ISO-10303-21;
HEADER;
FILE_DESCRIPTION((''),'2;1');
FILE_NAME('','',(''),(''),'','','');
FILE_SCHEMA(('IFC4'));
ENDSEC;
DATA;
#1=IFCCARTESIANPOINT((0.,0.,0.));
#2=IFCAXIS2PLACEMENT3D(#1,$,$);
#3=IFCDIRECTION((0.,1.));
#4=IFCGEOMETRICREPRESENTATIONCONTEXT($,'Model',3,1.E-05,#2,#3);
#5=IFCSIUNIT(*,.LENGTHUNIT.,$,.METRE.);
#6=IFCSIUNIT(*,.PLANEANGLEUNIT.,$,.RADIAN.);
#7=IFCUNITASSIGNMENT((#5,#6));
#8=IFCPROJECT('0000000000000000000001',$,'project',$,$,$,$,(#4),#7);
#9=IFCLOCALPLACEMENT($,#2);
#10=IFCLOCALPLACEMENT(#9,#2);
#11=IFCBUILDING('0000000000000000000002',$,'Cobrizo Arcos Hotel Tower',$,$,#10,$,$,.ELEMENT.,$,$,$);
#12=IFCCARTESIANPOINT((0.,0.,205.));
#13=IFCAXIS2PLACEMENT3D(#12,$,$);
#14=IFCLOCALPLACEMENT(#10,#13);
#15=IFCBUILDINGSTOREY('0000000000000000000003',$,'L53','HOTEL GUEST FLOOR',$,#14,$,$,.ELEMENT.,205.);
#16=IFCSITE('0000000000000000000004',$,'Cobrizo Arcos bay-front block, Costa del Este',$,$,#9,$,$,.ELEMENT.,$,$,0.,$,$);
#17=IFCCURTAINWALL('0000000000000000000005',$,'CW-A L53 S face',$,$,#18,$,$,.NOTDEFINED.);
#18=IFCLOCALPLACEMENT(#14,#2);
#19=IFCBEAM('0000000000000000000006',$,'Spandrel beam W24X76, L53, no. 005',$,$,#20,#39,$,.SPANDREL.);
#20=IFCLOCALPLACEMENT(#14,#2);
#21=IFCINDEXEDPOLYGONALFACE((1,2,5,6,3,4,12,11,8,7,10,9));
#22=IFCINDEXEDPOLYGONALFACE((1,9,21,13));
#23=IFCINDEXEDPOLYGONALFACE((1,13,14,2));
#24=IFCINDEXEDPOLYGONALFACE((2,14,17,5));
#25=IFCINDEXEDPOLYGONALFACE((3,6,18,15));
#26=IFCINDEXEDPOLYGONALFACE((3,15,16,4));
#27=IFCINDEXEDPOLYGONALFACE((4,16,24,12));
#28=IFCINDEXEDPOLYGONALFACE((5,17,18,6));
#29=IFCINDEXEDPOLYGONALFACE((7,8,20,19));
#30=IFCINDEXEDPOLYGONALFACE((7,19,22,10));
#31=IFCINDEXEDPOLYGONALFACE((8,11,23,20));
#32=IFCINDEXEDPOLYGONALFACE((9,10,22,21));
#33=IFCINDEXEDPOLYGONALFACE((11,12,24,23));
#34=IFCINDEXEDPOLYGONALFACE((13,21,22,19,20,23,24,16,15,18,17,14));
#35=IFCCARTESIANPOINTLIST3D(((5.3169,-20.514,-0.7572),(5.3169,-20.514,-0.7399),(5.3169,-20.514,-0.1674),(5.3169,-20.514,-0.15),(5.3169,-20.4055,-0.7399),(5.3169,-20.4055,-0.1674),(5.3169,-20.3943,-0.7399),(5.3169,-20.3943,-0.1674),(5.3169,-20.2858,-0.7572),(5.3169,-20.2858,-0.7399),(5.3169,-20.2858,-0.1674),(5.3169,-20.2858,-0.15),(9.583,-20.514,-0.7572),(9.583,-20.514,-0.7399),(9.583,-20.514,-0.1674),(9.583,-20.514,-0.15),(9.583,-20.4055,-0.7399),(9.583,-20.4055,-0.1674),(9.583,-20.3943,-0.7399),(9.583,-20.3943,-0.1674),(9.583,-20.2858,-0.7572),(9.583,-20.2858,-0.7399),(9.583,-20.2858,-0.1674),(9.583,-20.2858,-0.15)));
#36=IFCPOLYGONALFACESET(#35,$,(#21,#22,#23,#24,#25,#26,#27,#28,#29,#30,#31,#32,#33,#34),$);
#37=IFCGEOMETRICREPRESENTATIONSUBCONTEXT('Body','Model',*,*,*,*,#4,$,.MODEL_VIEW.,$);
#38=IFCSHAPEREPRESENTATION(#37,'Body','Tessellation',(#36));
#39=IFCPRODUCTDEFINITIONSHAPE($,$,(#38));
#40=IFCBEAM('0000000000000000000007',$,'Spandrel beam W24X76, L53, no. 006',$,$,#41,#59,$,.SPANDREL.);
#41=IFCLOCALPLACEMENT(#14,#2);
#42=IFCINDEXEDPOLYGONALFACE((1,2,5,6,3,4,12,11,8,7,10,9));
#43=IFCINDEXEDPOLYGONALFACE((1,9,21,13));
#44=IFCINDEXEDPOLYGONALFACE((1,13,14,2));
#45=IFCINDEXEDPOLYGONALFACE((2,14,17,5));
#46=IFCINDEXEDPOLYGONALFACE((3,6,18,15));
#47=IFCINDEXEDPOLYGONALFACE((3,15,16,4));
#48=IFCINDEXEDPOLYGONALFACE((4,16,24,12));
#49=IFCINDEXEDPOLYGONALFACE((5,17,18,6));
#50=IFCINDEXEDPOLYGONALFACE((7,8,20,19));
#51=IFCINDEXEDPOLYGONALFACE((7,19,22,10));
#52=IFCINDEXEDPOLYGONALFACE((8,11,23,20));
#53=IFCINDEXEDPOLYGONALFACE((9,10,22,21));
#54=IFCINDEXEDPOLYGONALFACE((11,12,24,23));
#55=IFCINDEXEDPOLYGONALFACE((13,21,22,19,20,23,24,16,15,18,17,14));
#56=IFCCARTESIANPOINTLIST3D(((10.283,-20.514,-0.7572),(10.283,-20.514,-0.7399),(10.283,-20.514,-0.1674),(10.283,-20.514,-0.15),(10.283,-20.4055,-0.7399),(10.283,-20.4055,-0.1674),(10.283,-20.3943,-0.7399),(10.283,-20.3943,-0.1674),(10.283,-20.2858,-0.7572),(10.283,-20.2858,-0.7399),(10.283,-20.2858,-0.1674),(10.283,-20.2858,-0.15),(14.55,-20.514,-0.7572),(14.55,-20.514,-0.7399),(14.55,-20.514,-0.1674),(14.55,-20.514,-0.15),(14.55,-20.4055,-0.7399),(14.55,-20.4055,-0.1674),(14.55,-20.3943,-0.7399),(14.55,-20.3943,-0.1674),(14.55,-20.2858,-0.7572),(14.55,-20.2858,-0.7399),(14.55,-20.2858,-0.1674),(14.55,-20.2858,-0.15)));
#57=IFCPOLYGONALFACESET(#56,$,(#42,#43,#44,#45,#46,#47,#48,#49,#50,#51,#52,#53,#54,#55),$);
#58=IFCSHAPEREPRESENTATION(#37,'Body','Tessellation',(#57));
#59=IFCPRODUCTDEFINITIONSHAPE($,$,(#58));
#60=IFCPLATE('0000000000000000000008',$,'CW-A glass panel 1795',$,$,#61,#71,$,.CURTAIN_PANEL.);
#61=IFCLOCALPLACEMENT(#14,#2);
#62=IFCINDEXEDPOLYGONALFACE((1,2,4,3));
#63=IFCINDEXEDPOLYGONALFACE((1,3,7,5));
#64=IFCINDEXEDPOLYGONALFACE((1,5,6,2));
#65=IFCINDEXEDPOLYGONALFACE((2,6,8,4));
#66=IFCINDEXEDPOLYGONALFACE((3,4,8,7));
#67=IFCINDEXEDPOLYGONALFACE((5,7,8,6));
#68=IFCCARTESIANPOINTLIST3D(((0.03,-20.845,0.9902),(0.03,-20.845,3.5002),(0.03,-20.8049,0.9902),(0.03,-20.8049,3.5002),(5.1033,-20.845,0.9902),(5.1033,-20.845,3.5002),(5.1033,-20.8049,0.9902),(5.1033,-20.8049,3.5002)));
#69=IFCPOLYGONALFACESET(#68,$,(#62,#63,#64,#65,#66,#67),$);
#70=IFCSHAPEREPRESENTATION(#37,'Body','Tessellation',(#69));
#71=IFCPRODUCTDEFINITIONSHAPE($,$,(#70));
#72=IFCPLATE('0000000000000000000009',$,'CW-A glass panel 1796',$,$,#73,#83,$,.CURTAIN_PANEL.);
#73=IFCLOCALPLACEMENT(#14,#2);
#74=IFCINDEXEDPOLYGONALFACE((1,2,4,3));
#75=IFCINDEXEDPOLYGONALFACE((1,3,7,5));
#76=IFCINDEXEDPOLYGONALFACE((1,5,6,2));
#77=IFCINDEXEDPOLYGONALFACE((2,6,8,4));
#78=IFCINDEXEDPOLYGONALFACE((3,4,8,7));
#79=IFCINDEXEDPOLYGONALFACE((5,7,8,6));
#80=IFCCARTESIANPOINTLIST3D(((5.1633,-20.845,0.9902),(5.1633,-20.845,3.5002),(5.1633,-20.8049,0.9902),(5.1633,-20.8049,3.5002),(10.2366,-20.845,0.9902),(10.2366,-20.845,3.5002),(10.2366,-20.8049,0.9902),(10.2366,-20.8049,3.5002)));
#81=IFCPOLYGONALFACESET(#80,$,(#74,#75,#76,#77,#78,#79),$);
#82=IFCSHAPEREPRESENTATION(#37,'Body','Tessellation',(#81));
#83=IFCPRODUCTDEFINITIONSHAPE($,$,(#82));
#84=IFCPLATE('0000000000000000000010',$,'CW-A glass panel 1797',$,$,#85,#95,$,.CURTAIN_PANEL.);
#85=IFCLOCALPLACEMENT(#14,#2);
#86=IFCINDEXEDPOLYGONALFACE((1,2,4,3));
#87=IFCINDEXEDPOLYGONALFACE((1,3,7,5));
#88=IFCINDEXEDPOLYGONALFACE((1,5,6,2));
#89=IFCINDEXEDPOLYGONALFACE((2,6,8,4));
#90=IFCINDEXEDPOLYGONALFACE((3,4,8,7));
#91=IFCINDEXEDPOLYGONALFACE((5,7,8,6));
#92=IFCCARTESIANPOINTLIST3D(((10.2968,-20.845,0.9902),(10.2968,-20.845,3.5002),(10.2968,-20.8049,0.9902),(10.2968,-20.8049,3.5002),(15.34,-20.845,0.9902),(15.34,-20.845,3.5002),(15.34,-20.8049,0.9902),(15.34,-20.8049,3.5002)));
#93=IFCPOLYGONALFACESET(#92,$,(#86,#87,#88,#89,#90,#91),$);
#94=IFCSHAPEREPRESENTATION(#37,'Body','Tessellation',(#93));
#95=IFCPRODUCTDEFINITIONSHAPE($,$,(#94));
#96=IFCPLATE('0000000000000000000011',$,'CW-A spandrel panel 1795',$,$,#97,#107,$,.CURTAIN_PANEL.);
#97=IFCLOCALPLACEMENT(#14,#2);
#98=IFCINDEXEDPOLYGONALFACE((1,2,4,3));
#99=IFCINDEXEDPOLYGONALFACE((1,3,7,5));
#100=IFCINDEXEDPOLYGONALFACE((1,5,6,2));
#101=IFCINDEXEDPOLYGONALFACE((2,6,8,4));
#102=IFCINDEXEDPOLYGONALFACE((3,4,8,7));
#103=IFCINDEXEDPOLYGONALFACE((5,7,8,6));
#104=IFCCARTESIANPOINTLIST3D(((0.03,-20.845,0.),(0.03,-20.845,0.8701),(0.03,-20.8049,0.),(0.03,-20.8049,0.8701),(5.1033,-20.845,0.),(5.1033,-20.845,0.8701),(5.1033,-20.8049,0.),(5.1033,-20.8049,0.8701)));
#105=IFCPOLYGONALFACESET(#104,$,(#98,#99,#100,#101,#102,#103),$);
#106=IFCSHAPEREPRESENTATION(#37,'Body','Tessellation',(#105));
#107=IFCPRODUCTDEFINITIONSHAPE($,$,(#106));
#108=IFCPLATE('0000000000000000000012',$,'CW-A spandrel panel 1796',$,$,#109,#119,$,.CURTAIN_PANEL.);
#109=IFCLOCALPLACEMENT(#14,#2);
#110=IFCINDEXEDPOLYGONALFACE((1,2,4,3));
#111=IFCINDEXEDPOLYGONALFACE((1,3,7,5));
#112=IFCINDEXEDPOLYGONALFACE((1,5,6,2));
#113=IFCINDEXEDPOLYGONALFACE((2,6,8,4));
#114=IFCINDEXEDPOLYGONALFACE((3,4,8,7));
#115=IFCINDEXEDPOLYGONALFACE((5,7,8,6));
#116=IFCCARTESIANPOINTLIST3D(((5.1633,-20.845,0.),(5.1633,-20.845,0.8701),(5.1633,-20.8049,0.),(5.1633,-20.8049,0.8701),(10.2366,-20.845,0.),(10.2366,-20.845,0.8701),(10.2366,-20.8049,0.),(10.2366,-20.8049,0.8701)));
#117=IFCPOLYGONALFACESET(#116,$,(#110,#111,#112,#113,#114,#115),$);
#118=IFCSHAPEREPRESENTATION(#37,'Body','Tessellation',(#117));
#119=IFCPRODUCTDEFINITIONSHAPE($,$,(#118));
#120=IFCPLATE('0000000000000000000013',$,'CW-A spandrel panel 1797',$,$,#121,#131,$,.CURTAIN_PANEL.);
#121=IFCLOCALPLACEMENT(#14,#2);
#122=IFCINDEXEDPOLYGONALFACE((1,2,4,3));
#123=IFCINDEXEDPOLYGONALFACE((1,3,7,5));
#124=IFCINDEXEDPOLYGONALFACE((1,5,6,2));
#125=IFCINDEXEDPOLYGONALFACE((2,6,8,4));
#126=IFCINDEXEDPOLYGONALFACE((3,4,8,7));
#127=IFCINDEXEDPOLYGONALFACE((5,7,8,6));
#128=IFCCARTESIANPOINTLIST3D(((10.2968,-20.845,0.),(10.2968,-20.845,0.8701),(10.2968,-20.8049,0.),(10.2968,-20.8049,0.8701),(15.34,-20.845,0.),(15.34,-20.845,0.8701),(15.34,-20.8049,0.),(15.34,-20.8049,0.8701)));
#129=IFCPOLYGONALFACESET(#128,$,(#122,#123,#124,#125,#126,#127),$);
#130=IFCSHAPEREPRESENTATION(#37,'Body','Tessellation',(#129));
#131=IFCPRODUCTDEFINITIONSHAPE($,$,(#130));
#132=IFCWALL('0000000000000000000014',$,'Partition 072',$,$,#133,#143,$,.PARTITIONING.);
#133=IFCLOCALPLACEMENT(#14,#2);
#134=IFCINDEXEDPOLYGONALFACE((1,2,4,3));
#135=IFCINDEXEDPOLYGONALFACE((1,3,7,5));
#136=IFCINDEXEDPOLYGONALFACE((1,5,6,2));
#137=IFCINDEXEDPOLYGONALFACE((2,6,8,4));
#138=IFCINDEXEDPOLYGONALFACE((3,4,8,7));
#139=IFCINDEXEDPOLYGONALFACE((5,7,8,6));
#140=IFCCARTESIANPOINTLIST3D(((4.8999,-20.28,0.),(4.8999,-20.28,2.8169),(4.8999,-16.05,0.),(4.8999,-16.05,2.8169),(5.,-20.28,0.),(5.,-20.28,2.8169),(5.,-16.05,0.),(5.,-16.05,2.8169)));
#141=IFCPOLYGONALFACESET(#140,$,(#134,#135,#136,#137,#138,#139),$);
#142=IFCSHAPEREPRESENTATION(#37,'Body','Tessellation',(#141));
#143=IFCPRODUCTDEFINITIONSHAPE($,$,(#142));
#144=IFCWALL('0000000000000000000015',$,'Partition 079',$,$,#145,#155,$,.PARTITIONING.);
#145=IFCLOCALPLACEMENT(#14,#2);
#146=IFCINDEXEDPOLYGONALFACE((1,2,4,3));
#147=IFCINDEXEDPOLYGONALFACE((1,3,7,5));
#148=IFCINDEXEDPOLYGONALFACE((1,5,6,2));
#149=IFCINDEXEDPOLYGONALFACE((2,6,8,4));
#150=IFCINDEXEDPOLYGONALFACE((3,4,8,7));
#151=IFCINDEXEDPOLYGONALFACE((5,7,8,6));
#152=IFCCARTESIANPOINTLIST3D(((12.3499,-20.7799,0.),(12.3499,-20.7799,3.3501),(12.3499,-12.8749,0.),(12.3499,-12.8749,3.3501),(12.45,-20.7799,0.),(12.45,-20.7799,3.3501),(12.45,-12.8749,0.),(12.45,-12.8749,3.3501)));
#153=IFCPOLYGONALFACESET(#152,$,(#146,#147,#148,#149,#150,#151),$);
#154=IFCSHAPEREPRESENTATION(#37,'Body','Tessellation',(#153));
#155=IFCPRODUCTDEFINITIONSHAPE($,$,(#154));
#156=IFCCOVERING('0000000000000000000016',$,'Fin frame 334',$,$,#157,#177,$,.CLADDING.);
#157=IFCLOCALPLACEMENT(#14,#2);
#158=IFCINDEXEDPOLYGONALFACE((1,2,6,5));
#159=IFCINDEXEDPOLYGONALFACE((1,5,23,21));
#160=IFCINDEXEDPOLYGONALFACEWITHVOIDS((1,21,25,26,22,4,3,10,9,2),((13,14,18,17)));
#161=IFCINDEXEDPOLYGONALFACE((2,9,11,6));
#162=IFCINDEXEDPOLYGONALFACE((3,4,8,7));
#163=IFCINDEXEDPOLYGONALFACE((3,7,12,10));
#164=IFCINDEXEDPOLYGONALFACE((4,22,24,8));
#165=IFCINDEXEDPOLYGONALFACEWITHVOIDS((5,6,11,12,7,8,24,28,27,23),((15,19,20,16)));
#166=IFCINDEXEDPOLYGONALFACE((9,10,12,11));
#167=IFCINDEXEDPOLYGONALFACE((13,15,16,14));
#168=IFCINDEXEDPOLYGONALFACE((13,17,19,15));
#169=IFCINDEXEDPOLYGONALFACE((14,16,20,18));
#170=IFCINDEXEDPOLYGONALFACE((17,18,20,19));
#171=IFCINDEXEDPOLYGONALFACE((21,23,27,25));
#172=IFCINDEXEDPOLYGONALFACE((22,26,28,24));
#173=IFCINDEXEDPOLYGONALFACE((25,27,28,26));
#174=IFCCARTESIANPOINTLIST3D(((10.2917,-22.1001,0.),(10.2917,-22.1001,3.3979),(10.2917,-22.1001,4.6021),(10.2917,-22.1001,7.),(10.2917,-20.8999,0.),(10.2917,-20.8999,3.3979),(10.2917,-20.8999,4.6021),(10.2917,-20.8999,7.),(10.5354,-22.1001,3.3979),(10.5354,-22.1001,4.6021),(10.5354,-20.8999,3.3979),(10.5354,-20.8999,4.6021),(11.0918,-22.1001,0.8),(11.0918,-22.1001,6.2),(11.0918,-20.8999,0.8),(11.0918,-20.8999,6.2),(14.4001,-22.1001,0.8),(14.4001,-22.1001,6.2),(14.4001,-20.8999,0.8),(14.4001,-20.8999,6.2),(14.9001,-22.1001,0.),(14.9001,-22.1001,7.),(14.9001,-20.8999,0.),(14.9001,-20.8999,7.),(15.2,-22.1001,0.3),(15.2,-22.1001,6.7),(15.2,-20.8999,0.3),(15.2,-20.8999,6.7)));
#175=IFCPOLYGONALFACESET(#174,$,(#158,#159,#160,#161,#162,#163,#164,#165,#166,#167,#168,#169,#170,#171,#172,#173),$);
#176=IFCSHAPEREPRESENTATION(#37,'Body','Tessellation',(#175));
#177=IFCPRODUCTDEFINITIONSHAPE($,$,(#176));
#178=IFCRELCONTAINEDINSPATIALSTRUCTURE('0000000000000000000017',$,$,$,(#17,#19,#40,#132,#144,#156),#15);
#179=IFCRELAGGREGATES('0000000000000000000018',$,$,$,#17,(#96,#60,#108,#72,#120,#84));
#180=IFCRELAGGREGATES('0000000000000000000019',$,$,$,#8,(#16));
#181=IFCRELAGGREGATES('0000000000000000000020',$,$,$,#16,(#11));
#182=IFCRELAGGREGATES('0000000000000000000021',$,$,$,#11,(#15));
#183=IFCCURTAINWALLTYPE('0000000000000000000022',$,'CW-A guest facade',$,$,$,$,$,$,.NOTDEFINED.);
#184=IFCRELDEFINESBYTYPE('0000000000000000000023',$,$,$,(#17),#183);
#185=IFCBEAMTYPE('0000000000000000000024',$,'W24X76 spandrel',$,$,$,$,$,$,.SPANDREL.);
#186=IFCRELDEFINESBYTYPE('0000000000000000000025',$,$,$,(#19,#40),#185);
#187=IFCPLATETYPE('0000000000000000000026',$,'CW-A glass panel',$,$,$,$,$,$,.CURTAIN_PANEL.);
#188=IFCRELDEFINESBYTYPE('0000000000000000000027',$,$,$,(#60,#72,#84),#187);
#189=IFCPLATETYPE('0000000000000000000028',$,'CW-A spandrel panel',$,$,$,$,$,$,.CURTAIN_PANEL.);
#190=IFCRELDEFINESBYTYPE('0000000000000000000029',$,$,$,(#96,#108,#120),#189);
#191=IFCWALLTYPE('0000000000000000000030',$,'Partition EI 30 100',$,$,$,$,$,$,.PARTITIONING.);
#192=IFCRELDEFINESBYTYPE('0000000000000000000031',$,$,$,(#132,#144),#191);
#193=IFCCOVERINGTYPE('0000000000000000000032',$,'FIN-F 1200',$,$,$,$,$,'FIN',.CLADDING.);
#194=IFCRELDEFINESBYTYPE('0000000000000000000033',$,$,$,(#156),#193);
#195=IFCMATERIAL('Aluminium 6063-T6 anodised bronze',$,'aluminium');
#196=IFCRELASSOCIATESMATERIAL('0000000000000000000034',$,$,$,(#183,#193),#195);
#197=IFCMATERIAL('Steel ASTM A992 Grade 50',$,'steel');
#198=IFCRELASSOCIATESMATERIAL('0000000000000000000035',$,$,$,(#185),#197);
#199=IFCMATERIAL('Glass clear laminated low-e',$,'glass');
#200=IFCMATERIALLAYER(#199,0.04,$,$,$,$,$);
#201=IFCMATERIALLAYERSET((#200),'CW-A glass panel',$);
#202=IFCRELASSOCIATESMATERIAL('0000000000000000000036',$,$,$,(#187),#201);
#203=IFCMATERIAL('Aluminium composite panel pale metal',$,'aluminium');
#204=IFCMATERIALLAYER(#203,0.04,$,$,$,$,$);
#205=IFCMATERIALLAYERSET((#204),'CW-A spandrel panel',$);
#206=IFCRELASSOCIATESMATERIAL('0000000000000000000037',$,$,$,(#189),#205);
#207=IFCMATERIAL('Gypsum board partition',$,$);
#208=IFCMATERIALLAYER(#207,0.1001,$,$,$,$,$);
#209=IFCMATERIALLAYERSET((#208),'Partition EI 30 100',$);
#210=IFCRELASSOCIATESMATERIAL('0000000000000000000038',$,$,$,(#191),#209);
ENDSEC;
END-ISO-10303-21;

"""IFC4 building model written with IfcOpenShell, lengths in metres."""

from ifc_helpers import new_model, si_unit, direction, frame, frame_2d, origin, origin_2d, place, context, subcontext, project, spatial, polyline, rectangle, i_section, outline, extrude, material, layer, layer_set, material_profile, profile_set, type_object, element, aggregate, save


model = new_model("IFC4")

# Units and contexts
model_context = context("Model", 3, precision=1e-05, world=origin(), true_north=direction((0.0, 1.0)))
body_context = subcontext(model_context, "Body", "Model", "MODEL_VIEW")
ifc_project = project(units=[si_unit("LENGTHUNIT", "METRE"), si_unit("PLANEANGLEUNIT", "RADIAN")], contexts=[model_context])

# Site, building, storey
site_placement = place(None, origin())
site = spatial("IfcSite", under=ifc_project, at=site_placement, Name="Cobrizo Arcos bay-front block, Costa del Este", CompositionType="ELEMENT", RefElevation=0.0)
building_placement = place(site_placement, origin())
building = spatial("IfcBuilding", under=site, at=building_placement, Name="Cobrizo Arcos Hotel Tower", CompositionType="ELEMENT")
storey_placement = place(building_placement, frame((0.0, 0.0, 205.0)))
storey = spatial("IfcBuildingStorey", under=building, at=storey_placement, Name="L53", Description="HOTEL GUEST FLOOR", CompositionType="ELEMENT", Elevation=205.0)

# Curtain wall
ifc_material_1 = material(Name="Aluminium 6063-T6 anodised bronze", Category="aluminium")
curtain_wall_type = type_object("IfcCurtainWallType", Name="CW-A guest facade", PredefinedType="NOTDEFINED", material=ifc_material_1)
curtain_wall_placement = place(storey_placement, origin())
curtain_wall = element("IfcCurtainWall", 1, at=curtain_wall_placement, inside=storey, type_object=curtain_wall_type, Name="CW-A L53 S face", PredefinedType="NOTDEFINED")

# Beams
ifc_material_2 = material(Name="Steel ASTM A992 Grade 50", Category="steel")
ifc_material_profile_1 = material_profile(ifc_material_2, i_section(OverallWidth=0.2283, OverallDepth=0.6072, WebThickness=0.0112, FlangeThickness=0.0173, at=origin_2d()), Name="W24X76")
ifc_profile_set_1 = profile_set([ifc_material_profile_1], Name="Steel ASTM A992 Grade 50")
beam_type_1 = type_object("IfcBeamType", Name="W24X76 spandrel", PredefinedType="SPANDREL", material=ifc_profile_set_1)
beam_1_placement = place(storey_placement, frame((5.3169, -20.3999, -0.4536), z_axis=(1.0, 0.0, 0.0), x_axis=(0.0, 1.0, 0.0)))
element("IfcBeam", 2, at=beam_1_placement, inside=storey, type_object=beam_type_1, Name="Spandrel beam W24X76, L53, no. 005", PredefinedType="SPANDREL", context=body_context, shape_type="SweptSolid", body=[
    extrude(i_section(OverallWidth=0.2283, OverallDepth=0.6072, WebThickness=0.0112, FlangeThickness=0.0173, at=origin_2d()), origin(), (0.0, 0.0, 1.0), 4.2661),
])
beam_2_placement = place(storey_placement, frame((10.283, -20.3999, -0.4536), z_axis=(1.0, 0.0, 0.0), x_axis=(0.0, 1.0, 0.0)))
element("IfcBeam", 3, at=beam_2_placement, inside=storey, type_object=beam_type_1, Name="Spandrel beam W24X76, L53, no. 006", PredefinedType="SPANDREL", context=body_context, shape_type="SweptSolid", body=[
    extrude(i_section(OverallWidth=0.2283, OverallDepth=0.6072, WebThickness=0.0112, FlangeThickness=0.0173, at=origin_2d()), origin(), (0.0, 0.0, 1.0), 4.2671),
])

# Plates
ifc_material_3 = material(Name="Glass clear laminated low-e", Category="glass")
ifc_layer_1 = layer(ifc_material_3, 0.04)
ifc_layer_set_1 = layer_set([ifc_layer_1], Name="CW-A glass panel")
plate_type_1 = type_object("IfcPlateType", Name="CW-A glass panel", PredefinedType="CURTAIN_PANEL", material=ifc_layer_set_1)
plate_1_placement = place(storey_placement, frame((2.5667, -20.825, 0.9902), z_axis=(0.0, 0.0, 1.0), x_axis=(1.0, 0.0, 0.0)))
plate_1 = element("IfcPlate", 4, at=plate_1_placement, type_object=plate_type_1, Name="CW-A glass panel 1795", PredefinedType="CURTAIN_PANEL", context=body_context, shape_type="SweptSolid", body=[
    extrude(rectangle(XDim=5.0732, YDim=0.04, at=origin_2d()), origin(), (0.0, 0.0, 1.0), 2.51),
])
plate_2_placement = place(storey_placement, frame((7.7, -20.825, 0.9902), z_axis=(0.0, 0.0, 1.0), x_axis=(1.0, 0.0, 0.0)))
plate_2 = element("IfcPlate", 5, at=plate_2_placement, type_object=plate_type_1, Name="CW-A glass panel 1796", PredefinedType="CURTAIN_PANEL", context=body_context, shape_type="SweptSolid", body=[
    extrude(rectangle(XDim=5.0732, YDim=0.04, at=origin_2d()), origin(), (0.0, 0.0, 1.0), 2.51),
])
plate_3_placement = place(storey_placement, frame((12.8184, -20.825, 0.9902), z_axis=(0.0, 0.0, 1.0), x_axis=(1.0, 0.0, 0.0)))
plate_3 = element("IfcPlate", 6, at=plate_3_placement, type_object=plate_type_1, Name="CW-A glass panel 1797", PredefinedType="CURTAIN_PANEL", context=body_context, shape_type="SweptSolid", body=[
    extrude(rectangle(XDim=5.0432, YDim=0.04, at=origin_2d()), origin(), (0.0, 0.0, 1.0), 2.51),
])
ifc_material_4 = material(Name="Aluminium composite panel pale metal", Category="aluminium")
ifc_layer_2 = layer(ifc_material_4, 0.04)
ifc_layer_set_2 = layer_set([ifc_layer_2], Name="CW-A spandrel panel")
plate_type_2 = type_object("IfcPlateType", Name="CW-A spandrel panel", PredefinedType="CURTAIN_PANEL", material=ifc_layer_set_2)
plate_4_placement = place(storey_placement, frame((2.5667, -20.825, 0.0), z_axis=(0.0, 0.0, 1.0), x_axis=(1.0, 0.0, 0.0)))
plate_4 = element("IfcPlate", 7, at=plate_4_placement, type_object=plate_type_2, Name="CW-A spandrel panel 1795", PredefinedType="CURTAIN_PANEL", context=body_context, shape_type="SweptSolid", body=[
    extrude(rectangle(XDim=5.0732, YDim=0.04, at=origin_2d()), origin(), (0.0, 0.0, 1.0), 0.8701),
])
plate_5_placement = place(storey_placement, frame((7.7, -20.825, 0.0), z_axis=(0.0, 0.0, 1.0), x_axis=(1.0, 0.0, 0.0)))
plate_5 = element("IfcPlate", 8, at=plate_5_placement, type_object=plate_type_2, Name="CW-A spandrel panel 1796", PredefinedType="CURTAIN_PANEL", context=body_context, shape_type="SweptSolid", body=[
    extrude(rectangle(XDim=5.0732, YDim=0.04, at=origin_2d()), origin(), (0.0, 0.0, 1.0), 0.8701),
])
plate_6_placement = place(storey_placement, frame((12.8184, -20.825, 0.0), z_axis=(0.0, 0.0, 1.0), x_axis=(1.0, 0.0, 0.0)))
plate_6 = element("IfcPlate", 9, at=plate_6_placement, type_object=plate_type_2, Name="CW-A spandrel panel 1797", PredefinedType="CURTAIN_PANEL", context=body_context, shape_type="SweptSolid", body=[
    extrude(rectangle(XDim=5.0432, YDim=0.04, at=origin_2d()), origin(), (0.0, 0.0, 1.0), 0.8701),
])
aggregate(curtain_wall, [plate_4, plate_1, plate_5, plate_2, plate_6, plate_3])

# Walls
ifc_material_5 = material(Name="Gypsum board partition")
ifc_layer_3 = layer(ifc_material_5, 0.1001)
ifc_layer_set_3 = layer_set([ifc_layer_3], Name="Partition EI 30 100")
wall_type = type_object("IfcWallType", Name="Partition EI 30 100", PredefinedType="PARTITIONING", material=ifc_layer_set_3)
wall_1_placement = place(storey_placement, frame((4.95, -20.28, 0.0), z_axis=(0.0, 0.0, 1.0), x_axis=(0.0, 1.0, 0.0)))
element("IfcWall", 10, at=wall_1_placement, inside=storey, type_object=wall_type, Name="Partition 072", PredefinedType="PARTITIONING", context=body_context, shape_type="SweptSolid", body=[
    extrude(rectangle(XDim=4.23, YDim=0.1001, at=frame_2d((2.115, 0.0))), origin(), (0.0, 0.0, 1.0), 2.8169),
])
wall_2_placement = place(storey_placement, frame((12.3999, -20.78, 0.0), z_axis=(0.0, 0.0, 1.0), x_axis=(0.0, 1.0, 0.0)))
element("IfcWall", 11, at=wall_2_placement, inside=storey, type_object=wall_type, Name="Partition 079", PredefinedType="PARTITIONING", context=body_context, shape_type="SweptSolid", body=[
    extrude(rectangle(XDim=7.905, YDim=0.1001, at=frame_2d((3.9526, 0.0))), origin(), (0.0, 0.0, 1.0), 3.3501),
])

# Covering
covering_type_1 = type_object("IfcCoveringType", Name="FIN-F 1200", ElementType="FIN", PredefinedType="CLADDING", material=ifc_material_1)
covering_1_placement = place(storey_placement, frame((10.2917, -20.8999, 0.0), z_axis=(0.0, -1.0, 0.0), x_axis=(1.0, 0.0, 0.0)))
element("IfcCovering", 12, at=covering_1_placement, inside=storey, type_object=covering_type_1, Name="Fin frame 334", PredefinedType="CLADDING", context=body_context, shape_type="SweptSolid", body=[
    extrude(outline(polyline([(0.0, 7.0), (0.0, 4.6021), (0.2437, 4.6021), (0.2437, 3.3979), (0.0, 3.3979), (0.0, 0.0), (4.6084, 0.0), (4.9082, 0.3), (4.9082, 6.7), (4.6084, 7.0), (0.0, 7.0)]), holes=[polyline([(4.1084, 0.8), (0.8, 0.8), (0.8, 6.2), (4.1084, 6.2), (4.1084, 0.8)])]), origin(), (0.0, 0.0, 1.0), 1.2002),
])

save(model, "model.ifc")
